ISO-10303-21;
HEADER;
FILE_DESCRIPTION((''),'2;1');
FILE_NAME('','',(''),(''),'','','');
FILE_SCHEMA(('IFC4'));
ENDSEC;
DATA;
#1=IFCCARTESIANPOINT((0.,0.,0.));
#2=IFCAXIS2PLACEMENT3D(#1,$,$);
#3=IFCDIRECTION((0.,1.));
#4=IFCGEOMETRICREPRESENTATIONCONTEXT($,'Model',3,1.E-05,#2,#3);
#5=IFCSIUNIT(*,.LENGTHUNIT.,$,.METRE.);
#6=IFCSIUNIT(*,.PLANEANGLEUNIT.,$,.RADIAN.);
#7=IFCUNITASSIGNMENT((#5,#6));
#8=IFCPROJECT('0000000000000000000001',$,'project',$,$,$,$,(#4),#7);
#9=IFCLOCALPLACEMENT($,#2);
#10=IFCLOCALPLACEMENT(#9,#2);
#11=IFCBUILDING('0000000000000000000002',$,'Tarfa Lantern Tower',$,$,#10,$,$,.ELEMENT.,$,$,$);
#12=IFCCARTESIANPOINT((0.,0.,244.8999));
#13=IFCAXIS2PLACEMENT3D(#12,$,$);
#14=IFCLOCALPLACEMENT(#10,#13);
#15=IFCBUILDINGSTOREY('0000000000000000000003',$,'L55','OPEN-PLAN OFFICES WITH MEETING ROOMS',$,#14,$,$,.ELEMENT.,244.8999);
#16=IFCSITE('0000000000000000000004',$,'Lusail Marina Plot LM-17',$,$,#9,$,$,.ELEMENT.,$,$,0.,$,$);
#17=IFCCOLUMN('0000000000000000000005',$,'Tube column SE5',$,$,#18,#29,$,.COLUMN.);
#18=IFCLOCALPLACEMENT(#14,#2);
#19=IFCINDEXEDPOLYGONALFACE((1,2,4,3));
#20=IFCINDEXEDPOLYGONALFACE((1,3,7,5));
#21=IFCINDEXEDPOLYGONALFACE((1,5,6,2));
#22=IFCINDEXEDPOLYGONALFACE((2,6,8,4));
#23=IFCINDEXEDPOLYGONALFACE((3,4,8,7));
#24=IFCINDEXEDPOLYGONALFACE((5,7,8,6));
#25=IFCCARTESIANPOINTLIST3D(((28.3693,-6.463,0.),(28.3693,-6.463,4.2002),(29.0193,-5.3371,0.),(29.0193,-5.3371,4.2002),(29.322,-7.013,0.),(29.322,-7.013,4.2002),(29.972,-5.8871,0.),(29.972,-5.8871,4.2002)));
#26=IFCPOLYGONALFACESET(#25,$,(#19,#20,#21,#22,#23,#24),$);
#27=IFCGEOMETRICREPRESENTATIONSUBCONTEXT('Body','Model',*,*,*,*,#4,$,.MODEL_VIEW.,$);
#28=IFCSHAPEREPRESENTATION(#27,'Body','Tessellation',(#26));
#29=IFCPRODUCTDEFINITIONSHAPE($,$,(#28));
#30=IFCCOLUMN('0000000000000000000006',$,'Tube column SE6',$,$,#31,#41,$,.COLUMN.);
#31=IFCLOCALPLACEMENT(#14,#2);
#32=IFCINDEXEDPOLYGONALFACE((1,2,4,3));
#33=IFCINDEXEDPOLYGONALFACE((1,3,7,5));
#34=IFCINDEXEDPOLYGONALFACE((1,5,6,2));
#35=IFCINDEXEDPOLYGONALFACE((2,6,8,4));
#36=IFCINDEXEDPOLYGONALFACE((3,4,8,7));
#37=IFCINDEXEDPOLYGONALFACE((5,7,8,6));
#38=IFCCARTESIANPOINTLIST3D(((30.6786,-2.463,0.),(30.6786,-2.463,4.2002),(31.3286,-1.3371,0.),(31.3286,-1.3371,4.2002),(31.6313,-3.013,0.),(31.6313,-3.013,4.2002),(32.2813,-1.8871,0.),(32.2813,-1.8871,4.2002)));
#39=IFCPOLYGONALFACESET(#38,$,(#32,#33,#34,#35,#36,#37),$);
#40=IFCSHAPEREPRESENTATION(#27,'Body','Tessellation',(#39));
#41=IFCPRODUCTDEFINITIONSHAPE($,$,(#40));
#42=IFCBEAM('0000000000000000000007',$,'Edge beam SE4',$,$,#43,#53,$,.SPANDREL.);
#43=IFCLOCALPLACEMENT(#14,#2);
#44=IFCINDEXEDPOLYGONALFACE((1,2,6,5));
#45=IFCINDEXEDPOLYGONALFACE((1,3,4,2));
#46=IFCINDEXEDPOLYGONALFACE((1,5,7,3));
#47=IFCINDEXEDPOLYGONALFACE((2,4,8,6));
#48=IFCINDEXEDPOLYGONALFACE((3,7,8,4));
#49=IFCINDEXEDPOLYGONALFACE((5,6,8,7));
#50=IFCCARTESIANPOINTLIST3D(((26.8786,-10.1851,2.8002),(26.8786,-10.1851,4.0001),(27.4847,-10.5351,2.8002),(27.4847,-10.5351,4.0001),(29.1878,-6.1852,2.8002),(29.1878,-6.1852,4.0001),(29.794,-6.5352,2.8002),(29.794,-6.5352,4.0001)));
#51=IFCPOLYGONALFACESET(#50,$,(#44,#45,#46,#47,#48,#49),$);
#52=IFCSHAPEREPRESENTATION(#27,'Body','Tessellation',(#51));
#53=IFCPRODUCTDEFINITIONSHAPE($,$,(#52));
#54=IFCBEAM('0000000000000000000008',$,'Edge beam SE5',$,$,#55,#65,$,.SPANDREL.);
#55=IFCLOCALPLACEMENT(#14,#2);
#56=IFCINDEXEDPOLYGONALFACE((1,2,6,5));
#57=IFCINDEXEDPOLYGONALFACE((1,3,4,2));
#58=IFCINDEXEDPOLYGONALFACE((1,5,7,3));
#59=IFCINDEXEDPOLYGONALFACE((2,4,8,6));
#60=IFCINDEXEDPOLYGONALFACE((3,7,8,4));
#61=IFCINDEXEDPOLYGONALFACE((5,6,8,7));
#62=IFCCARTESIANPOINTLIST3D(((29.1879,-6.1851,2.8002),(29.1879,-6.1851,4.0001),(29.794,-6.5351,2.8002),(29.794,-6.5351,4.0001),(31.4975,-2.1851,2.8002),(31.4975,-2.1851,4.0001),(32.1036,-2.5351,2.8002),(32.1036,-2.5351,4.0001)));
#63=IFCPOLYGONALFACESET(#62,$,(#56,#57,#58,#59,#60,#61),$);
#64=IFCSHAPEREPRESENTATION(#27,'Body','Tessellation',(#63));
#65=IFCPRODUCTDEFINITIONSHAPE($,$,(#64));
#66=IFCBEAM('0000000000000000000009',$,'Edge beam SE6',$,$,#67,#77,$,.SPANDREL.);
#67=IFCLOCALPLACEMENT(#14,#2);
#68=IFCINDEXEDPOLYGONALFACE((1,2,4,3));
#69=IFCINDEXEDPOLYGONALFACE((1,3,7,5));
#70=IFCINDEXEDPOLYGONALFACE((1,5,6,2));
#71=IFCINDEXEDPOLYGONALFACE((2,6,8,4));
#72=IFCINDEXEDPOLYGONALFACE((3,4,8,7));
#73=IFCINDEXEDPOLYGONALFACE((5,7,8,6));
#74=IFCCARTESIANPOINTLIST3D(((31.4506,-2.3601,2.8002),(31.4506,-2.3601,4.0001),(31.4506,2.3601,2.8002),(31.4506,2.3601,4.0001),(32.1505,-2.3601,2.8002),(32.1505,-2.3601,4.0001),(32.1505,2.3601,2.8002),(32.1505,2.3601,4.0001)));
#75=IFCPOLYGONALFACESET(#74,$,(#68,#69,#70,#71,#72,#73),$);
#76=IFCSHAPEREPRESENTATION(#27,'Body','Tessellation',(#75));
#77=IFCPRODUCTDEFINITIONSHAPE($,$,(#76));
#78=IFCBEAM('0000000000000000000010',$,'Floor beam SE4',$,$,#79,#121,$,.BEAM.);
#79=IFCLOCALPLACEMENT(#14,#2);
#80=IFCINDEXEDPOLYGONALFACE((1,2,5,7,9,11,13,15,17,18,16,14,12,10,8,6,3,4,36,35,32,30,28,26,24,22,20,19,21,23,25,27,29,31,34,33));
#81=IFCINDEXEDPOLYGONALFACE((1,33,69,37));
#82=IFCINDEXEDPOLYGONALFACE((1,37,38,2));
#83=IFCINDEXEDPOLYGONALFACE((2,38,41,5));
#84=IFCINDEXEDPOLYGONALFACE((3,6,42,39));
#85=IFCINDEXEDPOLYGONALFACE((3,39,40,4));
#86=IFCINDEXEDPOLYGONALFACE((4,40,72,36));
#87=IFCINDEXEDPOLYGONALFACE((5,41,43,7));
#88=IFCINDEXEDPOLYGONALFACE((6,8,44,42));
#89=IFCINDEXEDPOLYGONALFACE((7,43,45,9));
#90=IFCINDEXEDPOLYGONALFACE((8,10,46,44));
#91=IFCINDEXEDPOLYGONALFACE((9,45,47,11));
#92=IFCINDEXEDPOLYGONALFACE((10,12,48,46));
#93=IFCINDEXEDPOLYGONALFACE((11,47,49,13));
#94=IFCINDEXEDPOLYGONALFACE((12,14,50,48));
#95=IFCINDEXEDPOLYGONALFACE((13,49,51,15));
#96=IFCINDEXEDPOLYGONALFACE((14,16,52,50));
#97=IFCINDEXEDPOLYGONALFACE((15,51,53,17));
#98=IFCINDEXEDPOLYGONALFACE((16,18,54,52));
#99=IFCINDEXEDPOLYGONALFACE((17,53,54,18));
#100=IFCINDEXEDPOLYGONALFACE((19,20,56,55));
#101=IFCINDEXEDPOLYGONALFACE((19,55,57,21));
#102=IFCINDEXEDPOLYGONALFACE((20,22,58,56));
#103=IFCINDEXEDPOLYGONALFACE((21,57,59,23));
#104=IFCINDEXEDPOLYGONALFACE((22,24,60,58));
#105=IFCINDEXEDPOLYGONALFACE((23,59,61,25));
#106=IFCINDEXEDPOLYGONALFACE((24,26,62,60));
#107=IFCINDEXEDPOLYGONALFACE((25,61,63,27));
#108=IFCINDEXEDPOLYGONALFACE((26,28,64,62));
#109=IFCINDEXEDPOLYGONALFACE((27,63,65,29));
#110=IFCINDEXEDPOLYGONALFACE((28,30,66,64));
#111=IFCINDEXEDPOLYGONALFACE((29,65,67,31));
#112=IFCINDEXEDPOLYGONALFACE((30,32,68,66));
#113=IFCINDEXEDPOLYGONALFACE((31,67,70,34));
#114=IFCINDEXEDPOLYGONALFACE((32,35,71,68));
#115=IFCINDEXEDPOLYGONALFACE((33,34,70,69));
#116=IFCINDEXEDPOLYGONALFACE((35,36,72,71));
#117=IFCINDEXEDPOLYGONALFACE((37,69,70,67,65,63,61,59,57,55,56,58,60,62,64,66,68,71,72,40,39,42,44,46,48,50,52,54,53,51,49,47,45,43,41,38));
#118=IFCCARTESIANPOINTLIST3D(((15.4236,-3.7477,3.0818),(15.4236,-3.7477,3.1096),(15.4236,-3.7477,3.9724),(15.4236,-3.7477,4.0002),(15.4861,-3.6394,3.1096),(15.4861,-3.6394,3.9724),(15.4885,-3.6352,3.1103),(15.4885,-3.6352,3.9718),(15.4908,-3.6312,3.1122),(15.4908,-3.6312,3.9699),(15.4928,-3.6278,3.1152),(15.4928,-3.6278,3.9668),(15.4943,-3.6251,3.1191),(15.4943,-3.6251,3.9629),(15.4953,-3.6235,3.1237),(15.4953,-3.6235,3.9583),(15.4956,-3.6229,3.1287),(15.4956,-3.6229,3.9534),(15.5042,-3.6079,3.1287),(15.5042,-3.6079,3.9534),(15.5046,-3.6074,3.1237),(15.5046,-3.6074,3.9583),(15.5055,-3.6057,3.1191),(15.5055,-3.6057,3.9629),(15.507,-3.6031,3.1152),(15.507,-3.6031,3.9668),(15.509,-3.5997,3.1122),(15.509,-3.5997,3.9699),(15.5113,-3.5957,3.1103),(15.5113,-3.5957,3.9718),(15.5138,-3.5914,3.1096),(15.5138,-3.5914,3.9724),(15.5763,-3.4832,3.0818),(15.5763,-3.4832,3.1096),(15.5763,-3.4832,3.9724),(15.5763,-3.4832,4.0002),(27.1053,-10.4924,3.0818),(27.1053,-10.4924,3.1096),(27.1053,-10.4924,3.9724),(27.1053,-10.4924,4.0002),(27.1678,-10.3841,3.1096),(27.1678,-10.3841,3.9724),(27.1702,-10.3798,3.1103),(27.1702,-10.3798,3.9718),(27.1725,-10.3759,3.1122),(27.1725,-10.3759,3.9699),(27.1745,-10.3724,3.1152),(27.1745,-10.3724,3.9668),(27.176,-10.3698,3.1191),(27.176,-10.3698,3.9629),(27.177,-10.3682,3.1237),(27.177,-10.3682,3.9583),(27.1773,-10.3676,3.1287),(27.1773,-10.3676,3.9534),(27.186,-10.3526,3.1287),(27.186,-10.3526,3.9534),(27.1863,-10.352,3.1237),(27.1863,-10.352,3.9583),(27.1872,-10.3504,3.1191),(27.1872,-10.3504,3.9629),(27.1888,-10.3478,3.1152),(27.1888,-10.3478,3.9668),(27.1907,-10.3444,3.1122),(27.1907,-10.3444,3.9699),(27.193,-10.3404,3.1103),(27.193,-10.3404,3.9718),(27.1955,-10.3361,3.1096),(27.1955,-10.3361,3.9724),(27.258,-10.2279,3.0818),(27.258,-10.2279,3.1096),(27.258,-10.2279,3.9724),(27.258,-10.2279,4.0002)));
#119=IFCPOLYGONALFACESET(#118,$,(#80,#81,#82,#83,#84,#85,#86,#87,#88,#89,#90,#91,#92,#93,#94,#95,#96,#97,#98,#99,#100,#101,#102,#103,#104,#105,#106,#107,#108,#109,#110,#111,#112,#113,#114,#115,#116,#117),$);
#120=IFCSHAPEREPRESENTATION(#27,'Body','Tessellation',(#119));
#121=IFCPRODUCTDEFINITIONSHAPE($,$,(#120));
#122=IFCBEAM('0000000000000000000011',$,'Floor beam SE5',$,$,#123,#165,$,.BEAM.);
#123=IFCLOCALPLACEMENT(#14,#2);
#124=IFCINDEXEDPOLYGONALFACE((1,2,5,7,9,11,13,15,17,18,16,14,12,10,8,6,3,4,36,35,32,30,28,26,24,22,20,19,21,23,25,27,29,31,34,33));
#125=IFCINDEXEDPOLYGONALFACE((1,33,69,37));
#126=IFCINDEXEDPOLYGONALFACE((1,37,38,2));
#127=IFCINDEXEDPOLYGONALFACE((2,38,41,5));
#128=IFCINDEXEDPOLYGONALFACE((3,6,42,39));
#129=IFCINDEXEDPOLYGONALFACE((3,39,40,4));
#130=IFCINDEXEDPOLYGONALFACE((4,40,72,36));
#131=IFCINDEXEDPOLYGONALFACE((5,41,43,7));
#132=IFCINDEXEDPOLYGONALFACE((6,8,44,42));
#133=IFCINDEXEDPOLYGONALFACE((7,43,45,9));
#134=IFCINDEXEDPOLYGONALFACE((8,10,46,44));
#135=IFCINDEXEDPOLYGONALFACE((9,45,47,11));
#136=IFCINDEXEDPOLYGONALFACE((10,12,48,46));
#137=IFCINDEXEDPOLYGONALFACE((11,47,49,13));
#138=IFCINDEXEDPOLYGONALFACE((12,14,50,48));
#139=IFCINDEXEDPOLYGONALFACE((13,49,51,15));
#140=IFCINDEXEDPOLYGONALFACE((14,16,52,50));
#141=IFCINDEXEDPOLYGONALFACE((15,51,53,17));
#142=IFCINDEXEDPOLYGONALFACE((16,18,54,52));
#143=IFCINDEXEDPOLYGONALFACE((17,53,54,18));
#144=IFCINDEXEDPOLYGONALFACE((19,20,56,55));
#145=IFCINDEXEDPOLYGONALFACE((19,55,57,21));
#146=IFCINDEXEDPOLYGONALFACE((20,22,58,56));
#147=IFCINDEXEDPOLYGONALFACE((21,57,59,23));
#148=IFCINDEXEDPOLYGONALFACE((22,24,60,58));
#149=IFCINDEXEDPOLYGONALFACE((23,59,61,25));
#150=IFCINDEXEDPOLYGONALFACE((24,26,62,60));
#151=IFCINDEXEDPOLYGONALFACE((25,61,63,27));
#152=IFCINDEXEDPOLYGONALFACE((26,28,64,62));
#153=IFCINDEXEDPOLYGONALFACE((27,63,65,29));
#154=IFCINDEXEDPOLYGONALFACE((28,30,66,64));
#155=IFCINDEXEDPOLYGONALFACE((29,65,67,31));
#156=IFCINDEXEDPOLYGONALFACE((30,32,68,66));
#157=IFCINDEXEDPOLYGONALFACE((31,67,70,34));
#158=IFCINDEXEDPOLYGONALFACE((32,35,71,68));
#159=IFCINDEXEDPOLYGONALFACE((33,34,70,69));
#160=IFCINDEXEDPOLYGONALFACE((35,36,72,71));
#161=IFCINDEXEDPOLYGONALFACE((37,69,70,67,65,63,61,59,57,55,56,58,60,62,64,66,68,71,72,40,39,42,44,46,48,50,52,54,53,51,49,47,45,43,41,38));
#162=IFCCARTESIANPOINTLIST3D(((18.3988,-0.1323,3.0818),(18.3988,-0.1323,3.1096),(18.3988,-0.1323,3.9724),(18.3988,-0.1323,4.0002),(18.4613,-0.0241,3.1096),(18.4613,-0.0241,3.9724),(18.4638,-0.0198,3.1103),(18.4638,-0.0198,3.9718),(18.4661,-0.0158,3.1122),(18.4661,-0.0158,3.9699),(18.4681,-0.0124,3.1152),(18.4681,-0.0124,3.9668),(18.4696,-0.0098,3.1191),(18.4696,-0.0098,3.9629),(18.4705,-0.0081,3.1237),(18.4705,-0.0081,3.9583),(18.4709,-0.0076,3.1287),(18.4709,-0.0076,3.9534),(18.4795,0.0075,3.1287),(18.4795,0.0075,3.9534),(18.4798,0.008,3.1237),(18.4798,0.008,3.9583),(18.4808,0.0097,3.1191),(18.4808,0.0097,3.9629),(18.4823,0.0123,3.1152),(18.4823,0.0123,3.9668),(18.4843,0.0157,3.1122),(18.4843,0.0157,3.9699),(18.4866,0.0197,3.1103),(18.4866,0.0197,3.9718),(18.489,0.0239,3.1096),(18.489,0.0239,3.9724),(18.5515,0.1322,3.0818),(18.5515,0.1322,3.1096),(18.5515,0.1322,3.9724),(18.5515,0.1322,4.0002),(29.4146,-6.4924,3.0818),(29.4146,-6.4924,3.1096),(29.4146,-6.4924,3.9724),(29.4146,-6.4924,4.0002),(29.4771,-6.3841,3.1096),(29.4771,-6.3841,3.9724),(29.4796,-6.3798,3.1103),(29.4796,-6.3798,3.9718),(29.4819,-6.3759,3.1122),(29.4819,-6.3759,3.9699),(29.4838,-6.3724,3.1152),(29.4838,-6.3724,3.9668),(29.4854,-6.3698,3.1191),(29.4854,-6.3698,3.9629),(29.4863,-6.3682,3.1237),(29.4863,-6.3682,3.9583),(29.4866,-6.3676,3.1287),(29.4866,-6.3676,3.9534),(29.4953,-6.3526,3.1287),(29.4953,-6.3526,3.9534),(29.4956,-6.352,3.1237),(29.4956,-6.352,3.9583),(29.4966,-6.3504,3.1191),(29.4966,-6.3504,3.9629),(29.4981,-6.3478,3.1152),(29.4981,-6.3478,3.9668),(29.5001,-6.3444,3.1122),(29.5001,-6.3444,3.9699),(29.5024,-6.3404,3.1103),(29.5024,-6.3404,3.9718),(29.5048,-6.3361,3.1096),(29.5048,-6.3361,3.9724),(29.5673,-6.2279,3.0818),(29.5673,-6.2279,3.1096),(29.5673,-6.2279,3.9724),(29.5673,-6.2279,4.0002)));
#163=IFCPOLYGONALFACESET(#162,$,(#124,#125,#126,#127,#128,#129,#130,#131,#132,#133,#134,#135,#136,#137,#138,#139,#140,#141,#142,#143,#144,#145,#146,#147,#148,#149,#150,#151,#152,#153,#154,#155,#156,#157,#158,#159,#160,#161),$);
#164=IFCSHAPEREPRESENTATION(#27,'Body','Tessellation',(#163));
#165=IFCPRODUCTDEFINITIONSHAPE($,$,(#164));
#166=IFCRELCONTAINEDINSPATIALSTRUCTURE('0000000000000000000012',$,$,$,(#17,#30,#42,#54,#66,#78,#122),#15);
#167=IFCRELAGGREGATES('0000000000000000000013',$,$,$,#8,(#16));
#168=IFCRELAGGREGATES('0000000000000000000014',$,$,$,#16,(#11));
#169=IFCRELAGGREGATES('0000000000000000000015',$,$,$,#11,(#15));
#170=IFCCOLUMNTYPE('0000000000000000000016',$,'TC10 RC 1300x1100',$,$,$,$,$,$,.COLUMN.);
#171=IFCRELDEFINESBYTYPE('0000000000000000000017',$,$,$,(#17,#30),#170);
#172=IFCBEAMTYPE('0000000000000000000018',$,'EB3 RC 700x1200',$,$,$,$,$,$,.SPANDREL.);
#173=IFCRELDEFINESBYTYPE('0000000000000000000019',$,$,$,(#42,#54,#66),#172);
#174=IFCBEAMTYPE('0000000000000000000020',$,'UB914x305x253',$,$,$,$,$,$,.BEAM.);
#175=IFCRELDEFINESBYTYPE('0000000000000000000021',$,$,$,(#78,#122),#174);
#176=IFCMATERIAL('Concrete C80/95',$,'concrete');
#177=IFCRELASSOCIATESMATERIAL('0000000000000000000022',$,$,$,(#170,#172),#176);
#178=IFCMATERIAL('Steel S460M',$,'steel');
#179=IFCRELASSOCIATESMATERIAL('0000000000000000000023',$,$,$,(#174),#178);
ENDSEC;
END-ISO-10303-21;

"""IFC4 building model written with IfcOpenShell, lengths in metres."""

from ifc_helpers import new_model, si_unit, direction, frame, origin, origin_2d, place, context, subcontext, project, spatial, rectangle, i_section, extrude, material, material_profile, profile_set, type_object, element, save


model = new_model("IFC4")

# Units and contexts
model_context = context("Model", 3, precision=1e-05, world=origin(), true_north=direction((0.0, 1.0)))
body_context = subcontext(model_context, "Body", "Model", "MODEL_VIEW")
ifc_project = project(units=[si_unit("LENGTHUNIT", "METRE"), si_unit("PLANEANGLEUNIT", "RADIAN")], contexts=[model_context])

# Site, building, storey
site_placement = place(None, origin())
site = spatial("IfcSite", under=ifc_project, at=site_placement, Name="Lusail Marina Plot LM-17", CompositionType="ELEMENT", RefElevation=0.0)
building_placement = place(site_placement, origin())
building = spatial("IfcBuilding", under=site, at=building_placement, Name="Tarfa Lantern Tower", CompositionType="ELEMENT")
storey_placement = place(building_placement, frame((0.0, 0.0, 244.8999)))
storey = spatial("IfcBuildingStorey", under=building, at=storey_placement, Name="L55", Description="OPEN-PLAN OFFICES WITH MEETING ROOMS", CompositionType="ELEMENT", Elevation=244.8999)

# Columns
ifc_material_1 = material(Name="Concrete C80/95", Category="concrete")
ifc_material_profile_1 = material_profile(ifc_material_1, rectangle(XDim=1.3, YDim=1.1001, at=origin_2d()), Name="RC 1300x1100")
ifc_profile_set_1 = profile_set([ifc_material_profile_1], Name="Concrete C80/95")
column_type = type_object("IfcColumnType", Name="TC10 RC 1300x1100", PredefinedType="COLUMN", material=ifc_profile_set_1)
for number, where, z_axis, x_axis, name in (
    (1, (29.1707, -6.175, 0.0), (0.0, 0.0, 1.0), (0.5, 0.866025, 0.0), "Tube column SE5"),
    (2, (31.48, -2.175, 0.0), (0.0, 0.0, 1.0), (0.5, 0.866025, 0.0), "Tube column SE6"),
):
    element("IfcColumn", number, at=place(storey_placement, frame(where, z_axis=z_axis, x_axis=x_axis)), inside=storey, type_object=column_type, Name=name, PredefinedType="COLUMN", context=body_context, shape_type="SweptSolid", body=[
        extrude(rectangle(XDim=1.3, YDim=1.1001, at=origin_2d()), origin(), (0.0, 0.0, 1.0), 4.2002),
    ])

# Beams
ifc_material_profile_2 = material_profile(ifc_material_1, rectangle(XDim=0.7, YDim=1.2, at=origin_2d()), Name="RC 700x1200")
ifc_profile_set_2 = profile_set([ifc_material_profile_2], Name="Concrete C80/95")
beam_type_1 = type_object("IfcBeamType", Name="EB3 RC 700x1200", PredefinedType="SPANDREL", material=ifc_profile_set_2)
beam_1_placement = place(storey_placement, frame((27.1816, -10.3601, 3.4001), z_axis=(0.499988, 0.866032, 0.0), x_axis=(-0.866032, 0.499988, 0.0)))
element("IfcBeam", 3, at=beam_1_placement, inside=storey, type_object=beam_type_1, Name="Edge beam SE4", PredefinedType="SPANDREL", context=body_context, shape_type="SweptSolid", body=[
    extrude(rectangle(XDim=0.7, YDim=1.2, at=origin_2d()), origin(), (0.0, 0.0, 1.0), 4.6187),
])
beam_2_placement = place(storey_placement, frame((29.491, -6.3601, 3.4001), z_axis=(0.500027, 0.86601, 0.0), x_axis=(-0.86601, 0.500027, 0.0)))
element("IfcBeam", 4, at=beam_2_placement, inside=storey, type_object=beam_type_1, Name="Edge beam SE5", PredefinedType="SPANDREL", context=body_context, shape_type="SweptSolid", body=[
    extrude(rectangle(XDim=0.7, YDim=1.2, at=origin_2d()), origin(), (0.0, 0.0, 1.0), 4.6189),
])
beam_3_placement = place(storey_placement, frame((31.8005, -2.3601, 3.4001), z_axis=(0.0, 1.0, 0.0), x_axis=(-1.0, 0.0, 0.0)))
element("IfcBeam", 5, at=beam_3_placement, inside=storey, type_object=beam_type_1, Name="Edge beam SE6", PredefinedType="SPANDREL", context=body_context, shape_type="SweptSolid", body=[
    extrude(rectangle(XDim=0.7, YDim=1.2, at=origin_2d()), origin(), (0.0, 0.0, 1.0), 4.7202),
])
ifc_material_2 = material(Name="Steel S460M", Category="steel")
ifc_material_profile_3 = material_profile(ifc_material_2, i_section(OverallWidth=0.3054, OverallDepth=0.9185, WebThickness=0.0173, FlangeThickness=0.0278, FilletRadius=0.019, at=origin_2d()), Name="UB914x305x253")
ifc_profile_set_3 = profile_set([ifc_material_profile_3], Name="Steel S460M")
beam_type_2 = type_object("IfcBeamType", Name="UB914x305x253", PredefinedType="BEAM", material=ifc_profile_set_3)
beam_4_placement = place(storey_placement, frame((27.1816, -10.3601, 3.541), z_axis=(-0.866018, 0.500013, 0.0), x_axis=(-0.500013, -0.866018, 0.0)))
element("IfcBeam", 6, at=beam_4_placement, inside=storey, type_object=beam_type_2, Name="Floor beam SE4", PredefinedType="BEAM", context=body_context, shape_type="SweptSolid", body=[
    extrude(i_section(OverallWidth=0.3054, OverallDepth=0.9185, WebThickness=0.0173, FlangeThickness=0.0278, FilletRadius=0.019, at=origin_2d()), origin(), (0.0, 0.0, 1.0), 13.489),
])
beam_5_placement = place(storey_placement, frame((29.491, -6.3601, 3.541), z_axis=(-0.866022, 0.500005, 0.0), x_axis=(-0.500005, -0.866022, 0.0)))
element("IfcBeam", 7, at=beam_5_placement, inside=storey, type_object=beam_type_2, Name="Floor beam SE5", PredefinedType="BEAM", context=body_context, shape_type="SweptSolid", body=[
    extrude(i_section(OverallWidth=0.3054, OverallDepth=0.9185, WebThickness=0.0173, FlangeThickness=0.0278, FilletRadius=0.019, at=origin_2d()), origin(), (0.0, 0.0, 1.0), 12.72),
])

save(model, "model.ifc")
